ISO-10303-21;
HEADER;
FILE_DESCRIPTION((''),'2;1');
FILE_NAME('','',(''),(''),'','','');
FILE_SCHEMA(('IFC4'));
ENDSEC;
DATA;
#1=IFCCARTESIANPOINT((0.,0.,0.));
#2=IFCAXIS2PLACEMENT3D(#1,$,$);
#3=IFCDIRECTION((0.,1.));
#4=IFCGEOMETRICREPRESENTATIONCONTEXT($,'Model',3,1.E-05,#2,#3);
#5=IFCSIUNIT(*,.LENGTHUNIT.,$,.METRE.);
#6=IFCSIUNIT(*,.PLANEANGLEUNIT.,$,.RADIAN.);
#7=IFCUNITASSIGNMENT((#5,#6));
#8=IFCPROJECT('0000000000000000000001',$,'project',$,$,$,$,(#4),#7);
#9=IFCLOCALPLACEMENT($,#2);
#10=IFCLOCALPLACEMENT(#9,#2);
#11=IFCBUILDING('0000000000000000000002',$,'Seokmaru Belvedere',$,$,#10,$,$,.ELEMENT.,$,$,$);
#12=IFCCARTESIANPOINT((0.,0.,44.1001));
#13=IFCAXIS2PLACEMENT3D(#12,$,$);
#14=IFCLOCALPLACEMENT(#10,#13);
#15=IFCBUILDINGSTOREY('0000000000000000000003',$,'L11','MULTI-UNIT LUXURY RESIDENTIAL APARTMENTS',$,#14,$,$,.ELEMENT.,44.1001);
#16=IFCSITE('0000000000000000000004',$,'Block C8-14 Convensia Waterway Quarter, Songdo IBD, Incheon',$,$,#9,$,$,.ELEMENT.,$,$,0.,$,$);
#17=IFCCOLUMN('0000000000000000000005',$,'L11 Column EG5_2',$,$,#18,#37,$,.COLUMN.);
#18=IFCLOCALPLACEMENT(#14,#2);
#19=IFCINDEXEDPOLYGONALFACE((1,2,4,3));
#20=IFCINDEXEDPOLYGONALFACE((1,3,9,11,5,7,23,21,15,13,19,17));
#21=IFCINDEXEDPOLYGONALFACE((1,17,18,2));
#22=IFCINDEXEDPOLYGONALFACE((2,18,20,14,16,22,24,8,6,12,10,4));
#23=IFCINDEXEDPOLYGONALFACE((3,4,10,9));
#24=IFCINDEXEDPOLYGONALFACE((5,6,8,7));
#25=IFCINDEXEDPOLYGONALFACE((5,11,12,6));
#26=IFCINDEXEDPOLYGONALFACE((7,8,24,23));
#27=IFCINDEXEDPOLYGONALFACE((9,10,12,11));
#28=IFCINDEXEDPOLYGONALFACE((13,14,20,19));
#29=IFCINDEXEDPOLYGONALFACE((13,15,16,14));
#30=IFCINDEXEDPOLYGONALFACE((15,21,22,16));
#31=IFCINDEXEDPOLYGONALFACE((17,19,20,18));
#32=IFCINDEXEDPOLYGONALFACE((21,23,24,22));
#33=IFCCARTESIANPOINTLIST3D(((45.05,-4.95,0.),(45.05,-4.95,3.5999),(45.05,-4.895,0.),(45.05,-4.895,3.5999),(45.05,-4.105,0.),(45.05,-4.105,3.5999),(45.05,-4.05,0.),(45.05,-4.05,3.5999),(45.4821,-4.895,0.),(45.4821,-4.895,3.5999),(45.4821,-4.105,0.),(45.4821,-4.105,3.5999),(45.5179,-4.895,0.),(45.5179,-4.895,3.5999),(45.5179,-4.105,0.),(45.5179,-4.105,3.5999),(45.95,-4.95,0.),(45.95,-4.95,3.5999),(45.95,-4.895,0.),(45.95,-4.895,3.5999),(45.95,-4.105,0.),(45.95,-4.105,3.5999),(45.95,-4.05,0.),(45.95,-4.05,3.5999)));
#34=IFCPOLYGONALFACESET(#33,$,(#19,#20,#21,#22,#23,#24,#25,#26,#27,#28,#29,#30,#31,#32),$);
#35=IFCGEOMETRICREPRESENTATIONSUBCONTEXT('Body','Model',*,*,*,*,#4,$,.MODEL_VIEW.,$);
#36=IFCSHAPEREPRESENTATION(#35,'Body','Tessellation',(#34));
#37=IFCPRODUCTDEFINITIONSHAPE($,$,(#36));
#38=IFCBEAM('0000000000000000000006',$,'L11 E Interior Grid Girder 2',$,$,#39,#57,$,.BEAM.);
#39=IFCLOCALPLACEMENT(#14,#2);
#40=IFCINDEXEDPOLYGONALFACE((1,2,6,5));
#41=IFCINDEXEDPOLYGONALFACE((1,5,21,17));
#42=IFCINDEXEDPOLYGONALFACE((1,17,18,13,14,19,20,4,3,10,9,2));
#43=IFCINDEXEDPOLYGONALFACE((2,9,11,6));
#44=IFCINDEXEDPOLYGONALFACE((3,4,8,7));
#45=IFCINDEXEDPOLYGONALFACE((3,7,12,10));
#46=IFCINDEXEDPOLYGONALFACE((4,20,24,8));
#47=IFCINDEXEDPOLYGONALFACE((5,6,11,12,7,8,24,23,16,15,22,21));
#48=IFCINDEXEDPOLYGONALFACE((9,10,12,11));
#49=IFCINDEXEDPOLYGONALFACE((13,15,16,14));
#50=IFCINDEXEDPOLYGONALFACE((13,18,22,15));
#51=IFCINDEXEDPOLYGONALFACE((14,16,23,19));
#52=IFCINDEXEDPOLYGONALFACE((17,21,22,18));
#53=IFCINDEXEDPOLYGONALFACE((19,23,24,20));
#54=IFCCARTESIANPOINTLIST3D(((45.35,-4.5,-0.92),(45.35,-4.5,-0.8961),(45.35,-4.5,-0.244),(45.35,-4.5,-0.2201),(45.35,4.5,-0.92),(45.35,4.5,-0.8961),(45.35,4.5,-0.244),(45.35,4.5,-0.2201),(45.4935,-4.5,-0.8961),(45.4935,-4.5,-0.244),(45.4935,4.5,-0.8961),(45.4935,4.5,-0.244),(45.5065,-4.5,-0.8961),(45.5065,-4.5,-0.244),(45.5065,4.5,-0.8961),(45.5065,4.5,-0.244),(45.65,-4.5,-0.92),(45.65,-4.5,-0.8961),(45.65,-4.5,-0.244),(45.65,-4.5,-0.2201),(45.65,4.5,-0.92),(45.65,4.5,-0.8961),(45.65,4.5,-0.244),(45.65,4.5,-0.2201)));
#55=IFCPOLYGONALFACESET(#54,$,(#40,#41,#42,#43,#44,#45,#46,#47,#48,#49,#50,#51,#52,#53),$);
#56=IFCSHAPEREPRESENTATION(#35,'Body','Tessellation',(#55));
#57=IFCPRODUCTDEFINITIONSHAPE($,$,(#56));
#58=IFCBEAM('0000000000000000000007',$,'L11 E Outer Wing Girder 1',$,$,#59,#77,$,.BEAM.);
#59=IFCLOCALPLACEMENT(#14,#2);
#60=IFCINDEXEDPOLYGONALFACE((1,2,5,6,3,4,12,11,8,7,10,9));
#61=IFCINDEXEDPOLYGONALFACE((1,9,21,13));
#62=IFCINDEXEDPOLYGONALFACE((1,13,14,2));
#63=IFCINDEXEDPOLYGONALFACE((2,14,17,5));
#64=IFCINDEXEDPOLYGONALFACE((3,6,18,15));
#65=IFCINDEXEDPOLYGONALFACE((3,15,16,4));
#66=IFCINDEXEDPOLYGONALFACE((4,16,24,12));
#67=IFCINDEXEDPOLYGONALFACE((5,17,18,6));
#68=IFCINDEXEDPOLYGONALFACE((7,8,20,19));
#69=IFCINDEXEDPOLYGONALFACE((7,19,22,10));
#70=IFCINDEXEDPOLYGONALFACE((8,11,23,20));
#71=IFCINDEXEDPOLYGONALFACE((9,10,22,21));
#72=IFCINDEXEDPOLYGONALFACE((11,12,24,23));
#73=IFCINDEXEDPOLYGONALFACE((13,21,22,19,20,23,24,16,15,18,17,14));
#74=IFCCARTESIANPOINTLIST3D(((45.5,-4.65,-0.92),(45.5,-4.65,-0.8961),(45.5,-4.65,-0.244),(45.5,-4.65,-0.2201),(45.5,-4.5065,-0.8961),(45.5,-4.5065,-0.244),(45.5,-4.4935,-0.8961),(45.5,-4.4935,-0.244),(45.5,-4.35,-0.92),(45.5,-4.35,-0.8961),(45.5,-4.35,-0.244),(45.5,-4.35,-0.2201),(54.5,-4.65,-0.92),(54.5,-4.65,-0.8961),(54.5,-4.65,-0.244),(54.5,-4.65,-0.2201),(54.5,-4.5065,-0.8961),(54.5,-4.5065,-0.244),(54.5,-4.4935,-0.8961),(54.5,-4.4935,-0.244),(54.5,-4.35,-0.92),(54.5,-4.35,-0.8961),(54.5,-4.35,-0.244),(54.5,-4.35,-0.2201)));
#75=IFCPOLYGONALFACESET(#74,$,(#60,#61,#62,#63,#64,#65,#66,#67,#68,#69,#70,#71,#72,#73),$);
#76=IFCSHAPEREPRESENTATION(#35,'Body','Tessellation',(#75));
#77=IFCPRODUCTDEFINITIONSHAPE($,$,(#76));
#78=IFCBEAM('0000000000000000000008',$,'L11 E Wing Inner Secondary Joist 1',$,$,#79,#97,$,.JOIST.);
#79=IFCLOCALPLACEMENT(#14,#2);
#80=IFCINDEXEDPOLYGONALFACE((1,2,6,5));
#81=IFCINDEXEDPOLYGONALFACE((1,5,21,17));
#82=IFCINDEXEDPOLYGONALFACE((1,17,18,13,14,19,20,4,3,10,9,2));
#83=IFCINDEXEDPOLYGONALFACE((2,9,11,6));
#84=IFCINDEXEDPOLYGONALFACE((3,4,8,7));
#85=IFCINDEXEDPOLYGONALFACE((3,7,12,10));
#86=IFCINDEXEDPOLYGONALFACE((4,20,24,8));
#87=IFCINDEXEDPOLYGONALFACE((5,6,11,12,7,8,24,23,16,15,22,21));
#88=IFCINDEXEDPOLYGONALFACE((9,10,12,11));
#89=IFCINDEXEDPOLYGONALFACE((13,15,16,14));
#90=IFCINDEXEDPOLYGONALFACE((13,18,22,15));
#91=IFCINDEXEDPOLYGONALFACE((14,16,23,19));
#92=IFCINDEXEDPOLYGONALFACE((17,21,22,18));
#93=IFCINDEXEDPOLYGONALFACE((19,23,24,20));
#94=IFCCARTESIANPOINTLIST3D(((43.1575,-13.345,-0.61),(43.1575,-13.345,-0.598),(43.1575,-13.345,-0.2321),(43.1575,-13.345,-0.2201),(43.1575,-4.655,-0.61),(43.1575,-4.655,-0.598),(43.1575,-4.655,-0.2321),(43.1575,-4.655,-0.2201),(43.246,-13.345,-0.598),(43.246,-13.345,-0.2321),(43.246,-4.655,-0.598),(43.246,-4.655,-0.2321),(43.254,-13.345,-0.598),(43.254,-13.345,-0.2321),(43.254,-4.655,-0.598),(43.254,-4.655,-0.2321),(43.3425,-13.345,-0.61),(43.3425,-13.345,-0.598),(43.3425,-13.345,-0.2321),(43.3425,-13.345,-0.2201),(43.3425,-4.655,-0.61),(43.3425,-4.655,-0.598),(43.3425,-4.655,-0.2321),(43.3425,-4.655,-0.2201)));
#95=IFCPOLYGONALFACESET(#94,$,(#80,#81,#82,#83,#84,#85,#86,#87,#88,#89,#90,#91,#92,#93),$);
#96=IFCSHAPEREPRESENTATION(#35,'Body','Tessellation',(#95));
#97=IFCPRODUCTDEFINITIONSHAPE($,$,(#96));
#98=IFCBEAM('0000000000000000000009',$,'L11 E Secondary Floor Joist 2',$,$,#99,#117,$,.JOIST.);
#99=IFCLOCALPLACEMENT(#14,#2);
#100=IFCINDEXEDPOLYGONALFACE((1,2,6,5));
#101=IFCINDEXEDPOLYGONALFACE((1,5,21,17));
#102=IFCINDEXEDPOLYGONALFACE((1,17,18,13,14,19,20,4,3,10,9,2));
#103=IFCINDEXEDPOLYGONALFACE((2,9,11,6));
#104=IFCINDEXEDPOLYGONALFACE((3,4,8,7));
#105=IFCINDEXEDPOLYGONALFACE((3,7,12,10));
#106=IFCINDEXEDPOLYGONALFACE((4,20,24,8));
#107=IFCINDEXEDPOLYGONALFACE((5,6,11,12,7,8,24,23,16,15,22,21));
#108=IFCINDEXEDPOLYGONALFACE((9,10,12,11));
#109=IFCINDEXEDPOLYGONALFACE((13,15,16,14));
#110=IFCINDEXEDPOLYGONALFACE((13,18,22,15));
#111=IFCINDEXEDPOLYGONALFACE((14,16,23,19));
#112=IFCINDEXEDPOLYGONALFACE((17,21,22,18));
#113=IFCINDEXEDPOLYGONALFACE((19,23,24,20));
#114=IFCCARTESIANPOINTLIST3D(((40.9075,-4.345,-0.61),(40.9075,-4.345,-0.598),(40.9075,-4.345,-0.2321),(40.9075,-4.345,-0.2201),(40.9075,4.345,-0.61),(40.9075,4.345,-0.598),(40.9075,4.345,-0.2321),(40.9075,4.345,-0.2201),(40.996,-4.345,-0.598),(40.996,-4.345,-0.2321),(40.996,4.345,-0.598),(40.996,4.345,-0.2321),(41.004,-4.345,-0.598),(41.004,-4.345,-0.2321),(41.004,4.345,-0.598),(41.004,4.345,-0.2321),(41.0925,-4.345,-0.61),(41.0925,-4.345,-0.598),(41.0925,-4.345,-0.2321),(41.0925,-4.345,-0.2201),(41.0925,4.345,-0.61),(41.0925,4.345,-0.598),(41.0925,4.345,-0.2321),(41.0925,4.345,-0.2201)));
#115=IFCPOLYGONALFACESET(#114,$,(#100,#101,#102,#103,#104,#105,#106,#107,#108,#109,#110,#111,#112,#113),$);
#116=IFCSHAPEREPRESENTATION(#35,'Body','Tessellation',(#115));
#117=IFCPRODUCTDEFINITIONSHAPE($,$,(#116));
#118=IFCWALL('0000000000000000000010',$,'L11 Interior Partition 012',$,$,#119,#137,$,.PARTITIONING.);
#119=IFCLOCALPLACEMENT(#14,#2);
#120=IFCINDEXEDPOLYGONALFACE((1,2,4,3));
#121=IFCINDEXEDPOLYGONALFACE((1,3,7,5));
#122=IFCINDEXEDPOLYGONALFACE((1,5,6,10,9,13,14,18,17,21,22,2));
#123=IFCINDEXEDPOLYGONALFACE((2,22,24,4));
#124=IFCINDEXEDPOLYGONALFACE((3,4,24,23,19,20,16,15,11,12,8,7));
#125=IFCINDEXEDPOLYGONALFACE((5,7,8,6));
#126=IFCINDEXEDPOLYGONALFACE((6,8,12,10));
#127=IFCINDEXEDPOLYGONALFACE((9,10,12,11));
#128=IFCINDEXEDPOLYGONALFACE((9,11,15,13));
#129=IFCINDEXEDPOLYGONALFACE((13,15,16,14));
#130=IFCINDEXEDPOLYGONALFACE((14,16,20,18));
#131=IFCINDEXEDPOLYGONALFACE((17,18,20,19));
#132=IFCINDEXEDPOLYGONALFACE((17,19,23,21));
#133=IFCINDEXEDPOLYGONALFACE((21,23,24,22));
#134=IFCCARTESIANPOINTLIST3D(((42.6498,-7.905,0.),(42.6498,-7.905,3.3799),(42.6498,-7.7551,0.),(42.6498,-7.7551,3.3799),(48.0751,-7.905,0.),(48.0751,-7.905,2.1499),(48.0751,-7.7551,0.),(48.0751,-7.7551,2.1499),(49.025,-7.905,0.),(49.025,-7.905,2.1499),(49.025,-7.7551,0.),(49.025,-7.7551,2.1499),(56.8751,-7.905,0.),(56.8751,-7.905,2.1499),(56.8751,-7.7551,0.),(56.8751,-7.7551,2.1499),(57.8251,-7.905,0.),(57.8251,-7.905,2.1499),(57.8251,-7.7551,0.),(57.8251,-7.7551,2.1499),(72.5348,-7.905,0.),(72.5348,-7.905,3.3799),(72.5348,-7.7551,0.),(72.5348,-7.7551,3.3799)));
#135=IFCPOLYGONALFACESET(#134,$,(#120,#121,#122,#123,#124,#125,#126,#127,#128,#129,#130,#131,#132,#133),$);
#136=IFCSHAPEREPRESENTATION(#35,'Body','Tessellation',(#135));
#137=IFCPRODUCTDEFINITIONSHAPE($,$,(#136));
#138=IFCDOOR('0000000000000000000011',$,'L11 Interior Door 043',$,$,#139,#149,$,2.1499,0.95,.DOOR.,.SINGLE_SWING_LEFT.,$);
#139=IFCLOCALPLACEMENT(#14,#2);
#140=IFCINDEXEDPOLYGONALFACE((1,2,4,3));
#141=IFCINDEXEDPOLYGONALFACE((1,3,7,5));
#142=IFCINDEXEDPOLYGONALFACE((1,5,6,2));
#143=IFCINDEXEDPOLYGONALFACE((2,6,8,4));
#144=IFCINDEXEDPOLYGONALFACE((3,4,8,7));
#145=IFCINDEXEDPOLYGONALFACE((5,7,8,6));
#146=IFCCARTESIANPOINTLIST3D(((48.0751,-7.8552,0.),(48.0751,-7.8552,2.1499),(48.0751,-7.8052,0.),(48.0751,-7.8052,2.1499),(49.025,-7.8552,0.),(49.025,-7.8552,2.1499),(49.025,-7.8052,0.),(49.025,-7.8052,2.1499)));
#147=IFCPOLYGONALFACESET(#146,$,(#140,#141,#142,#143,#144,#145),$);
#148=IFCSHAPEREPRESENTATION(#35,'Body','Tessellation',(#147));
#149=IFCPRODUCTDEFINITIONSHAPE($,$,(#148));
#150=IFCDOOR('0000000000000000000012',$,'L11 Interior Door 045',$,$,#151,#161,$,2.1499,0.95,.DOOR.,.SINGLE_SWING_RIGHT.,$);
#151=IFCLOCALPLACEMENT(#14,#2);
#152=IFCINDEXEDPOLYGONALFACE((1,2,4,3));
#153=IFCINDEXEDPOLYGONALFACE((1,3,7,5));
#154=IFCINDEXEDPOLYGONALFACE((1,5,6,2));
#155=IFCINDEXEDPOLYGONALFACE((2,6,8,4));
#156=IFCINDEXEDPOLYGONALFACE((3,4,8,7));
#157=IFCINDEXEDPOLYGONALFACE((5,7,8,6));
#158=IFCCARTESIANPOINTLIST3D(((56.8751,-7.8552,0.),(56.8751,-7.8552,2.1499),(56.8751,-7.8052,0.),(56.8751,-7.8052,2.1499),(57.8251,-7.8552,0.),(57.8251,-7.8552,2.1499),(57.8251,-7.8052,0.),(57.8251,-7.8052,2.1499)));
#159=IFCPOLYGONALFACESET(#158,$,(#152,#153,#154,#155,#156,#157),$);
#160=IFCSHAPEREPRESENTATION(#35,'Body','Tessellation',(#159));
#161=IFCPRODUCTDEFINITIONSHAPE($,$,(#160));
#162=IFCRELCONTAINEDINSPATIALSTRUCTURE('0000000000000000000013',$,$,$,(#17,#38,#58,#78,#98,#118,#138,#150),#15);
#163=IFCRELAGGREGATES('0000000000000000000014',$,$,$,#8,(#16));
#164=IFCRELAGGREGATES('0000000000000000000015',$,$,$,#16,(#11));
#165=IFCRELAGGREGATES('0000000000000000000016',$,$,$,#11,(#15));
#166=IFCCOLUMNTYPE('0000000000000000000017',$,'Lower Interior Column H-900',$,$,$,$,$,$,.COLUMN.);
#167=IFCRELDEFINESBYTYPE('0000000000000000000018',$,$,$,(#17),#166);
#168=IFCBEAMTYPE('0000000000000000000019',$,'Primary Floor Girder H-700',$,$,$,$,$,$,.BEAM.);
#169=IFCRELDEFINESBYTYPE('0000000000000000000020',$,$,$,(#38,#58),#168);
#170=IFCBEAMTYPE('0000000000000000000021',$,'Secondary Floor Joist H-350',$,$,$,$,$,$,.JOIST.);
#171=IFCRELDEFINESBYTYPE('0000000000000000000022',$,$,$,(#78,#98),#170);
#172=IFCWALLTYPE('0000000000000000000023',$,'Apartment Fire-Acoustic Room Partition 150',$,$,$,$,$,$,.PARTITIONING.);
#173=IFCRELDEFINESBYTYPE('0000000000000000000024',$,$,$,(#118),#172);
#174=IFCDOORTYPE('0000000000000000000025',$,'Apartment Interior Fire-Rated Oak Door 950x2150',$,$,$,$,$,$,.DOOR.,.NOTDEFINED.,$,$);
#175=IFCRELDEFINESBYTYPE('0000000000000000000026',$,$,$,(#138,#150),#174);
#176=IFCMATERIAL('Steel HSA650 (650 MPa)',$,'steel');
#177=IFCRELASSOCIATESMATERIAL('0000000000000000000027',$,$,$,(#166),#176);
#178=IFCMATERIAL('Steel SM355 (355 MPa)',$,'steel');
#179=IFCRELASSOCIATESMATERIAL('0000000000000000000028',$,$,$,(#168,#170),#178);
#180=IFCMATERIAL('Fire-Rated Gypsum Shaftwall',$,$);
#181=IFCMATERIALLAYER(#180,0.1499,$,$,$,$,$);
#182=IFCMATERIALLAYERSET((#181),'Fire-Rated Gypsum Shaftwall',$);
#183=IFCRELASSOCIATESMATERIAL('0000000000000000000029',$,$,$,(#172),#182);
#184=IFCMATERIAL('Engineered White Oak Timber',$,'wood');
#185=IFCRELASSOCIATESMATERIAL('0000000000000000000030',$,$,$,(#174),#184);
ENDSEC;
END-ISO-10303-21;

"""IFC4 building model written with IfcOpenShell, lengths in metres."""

from ifc_helpers import new_model, si_unit, direction, frame, frame_2d, origin, origin_2d, place, context, subcontext, project, spatial, rectangle, i_section, extrude, source, transform, mapped, material, layer, layer_set, material_profile, profile_set, type_object, type_shapes, element, fill, save


model = new_model("IFC4")

# Units and contexts
model_context = context("Model", 3, precision=1e-05, world=origin(), true_north=direction((0.0, 1.0)))
body_context = subcontext(model_context, "Body", "Model", "MODEL_VIEW")
ifc_project = project(units=[si_unit("LENGTHUNIT", "METRE"), si_unit("PLANEANGLEUNIT", "RADIAN")], contexts=[model_context])

# Site, building, storey
site_placement = place(None, origin())
site = spatial("IfcSite", under=ifc_project, at=site_placement, Name="Block C8-14 Convensia Waterway Quarter, Songdo IBD, Incheon", CompositionType="ELEMENT", RefElevation=0.0)
building_placement = place(site_placement, origin())
building = spatial("IfcBuilding", under=site, at=building_placement, Name="Seokmaru Belvedere", CompositionType="ELEMENT")
storey_placement = place(building_placement, frame((0.0, 0.0, 44.1001)))
storey = spatial("IfcBuildingStorey", under=building, at=storey_placement, Name="L11", Description="MULTI-UNIT LUXURY RESIDENTIAL APARTMENTS", CompositionType="ELEMENT", Elevation=44.1001)

# Column
ifc_material_1 = material(Name="Steel HSA650 (650 MPa)", Category="steel")
ifc_material_profile_1 = material_profile(ifc_material_1, i_section(OverallWidth=0.8999, OverallDepth=0.8999, WebThickness=0.0359, FlangeThickness=0.0549, at=origin_2d()), Name="H-900x900x36x55")
ifc_profile_set_1 = profile_set([ifc_material_profile_1], Name="Steel HSA650 (650 MPa)")
column_type = type_object("IfcColumnType", Name="Lower Interior Column H-900", PredefinedType="COLUMN", material=ifc_profile_set_1)
shared_shape_1 = source(origin(), body_context, "Body", "SweptSolid", [
    extrude(i_section(OverallWidth=0.8999, OverallDepth=0.8999, WebThickness=0.0359, FlangeThickness=0.0549, at=origin_2d()), origin(), (0.0, 0.0, 1.0), 3.5999),
])
type_shapes(column_type, [shared_shape_1])
column_placement = place(storey_placement, frame((45.5, -4.5, 0.0), z_axis=(0.0, 0.0, 1.0), x_axis=(1.0, 0.0, 0.0)))
element("IfcColumn", 1, at=column_placement, inside=storey, type_object=column_type, Name="L11 Column EG5_2", PredefinedType="COLUMN", context=body_context, shape_type="MappedRepresentation", body=[
    mapped(shared_shape_1, transform((0.0, 0.0, 0.0), scale=1.0)),
])

# Beams
ifc_material_2 = material(Name="Steel SM355 (355 MPa)", Category="steel")
ifc_material_profile_2 = material_profile(ifc_material_2, i_section(OverallWidth=0.3, OverallDepth=0.7, WebThickness=0.0129, FlangeThickness=0.0239, at=origin_2d()), Name="H-700x300x13x24")
ifc_profile_set_2 = profile_set([ifc_material_profile_2], Name="Steel SM355 (355 MPa)")
beam_type_1 = type_object("IfcBeamType", Name="Primary Floor Girder H-700", PredefinedType="BEAM", material=ifc_profile_set_2)
shared_shape_2 = source(origin(), body_context, "Body", "SweptSolid", [
    extrude(i_section(OverallWidth=0.3, OverallDepth=0.7, WebThickness=0.0129, FlangeThickness=0.0239, at=origin_2d()), origin(), (0.0, 0.0, 1.0), 9.0),
])
type_shapes(beam_type_1, [shared_shape_2])
for number, where, z_axis, x_axis, name in (
    (2, (45.5, -4.5, -0.5701), (0.0, 1.0, 0.0), (-1.0, 0.0, 0.0), "L11 E Interior Grid Girder 2"),
    (3, (45.5, -4.5, -0.5701), (1.0, 0.0, 0.0), (0.0, 1.0, 0.0), "L11 E Outer Wing Girder 1"),
):
    element("IfcBeam", number, at=place(storey_placement, frame(where, z_axis=z_axis, x_axis=x_axis)), inside=storey, type_object=beam_type_1, Name=name, PredefinedType="BEAM", context=body_context, shape_type="MappedRepresentation", body=[
        mapped(shared_shape_2, transform((0.0, 0.0, 0.0), scale=1.0)),
    ])
ifc_material_profile_3 = material_profile(ifc_material_2, i_section(OverallWidth=0.1851, OverallDepth=0.3899, WebThickness=0.0081, FlangeThickness=0.012, at=origin_2d()), Name="H-390x185x8x12")
ifc_profile_set_3 = profile_set([ifc_material_profile_3], Name="Steel SM355 (355 MPa)")
beam_type_2 = type_object("IfcBeamType", Name="Secondary Floor Joist H-350", PredefinedType="JOIST", material=ifc_profile_set_3)
shared_shape_3 = source(origin(), body_context, "Body", "SweptSolid", [
    extrude(i_section(OverallWidth=0.1851, OverallDepth=0.3899, WebThickness=0.0081, FlangeThickness=0.012, at=origin_2d()), origin(), (0.0, 0.0, 1.0), 8.6899),
])
type_shapes(beam_type_2, [shared_shape_3])
for number, where, z_axis, x_axis, name in (
    (4, (43.25, -13.345, -0.415), (0.0, 1.0, 0.0), (-1.0, 0.0, 0.0), "L11 E Wing Inner Secondary Joist 1"),
    (5, (41.0, -4.345, -0.415), (0.0, 1.0, 0.0), (-1.0, 0.0, 0.0), "L11 E Secondary Floor Joist 2"),
):
    element("IfcBeam", number, at=place(storey_placement, frame(where, z_axis=z_axis, x_axis=x_axis)), inside=storey, type_object=beam_type_2, Name=name, PredefinedType="JOIST", context=body_context, shape_type="MappedRepresentation", body=[
        mapped(shared_shape_3, transform((0.0, 0.0, 0.0), scale=1.0)),
    ])

# Wall, openings, doors
ifc_material_3 = material(Name="Fire-Rated Gypsum Shaftwall")
ifc_layer_1 = layer(ifc_material_3, 0.1499)
ifc_layer_set_1 = layer_set([ifc_layer_1], Name="Fire-Rated Gypsum Shaftwall")
wall_type_1 = type_object("IfcWallType", Name="Apartment Fire-Acoustic Room Partition 150", PredefinedType="PARTITIONING", material=ifc_layer_set_1)
wall_1_placement = place(storey_placement, frame((42.6499, -7.8301, 0.0), z_axis=(0.0, 0.0, 1.0), x_axis=(1.0, 0.0, 0.0)))
wall_1 = element("IfcWall", 6, at=wall_1_placement, inside=storey, type_object=wall_type_1, Name="L11 Interior Partition 012", PredefinedType="PARTITIONING", context=body_context, shape_type="SweptSolid", body=[
    extrude(rectangle(XDim=29.885, YDim=0.1499, at=frame_2d((14.9424, 0.0))), origin(), (0.0, 0.0, 1.0), 3.3799),
])
opening_1_placement = place(wall_1_placement, frame((5.425, 0.0, 0.0)))
opening_1 = element("IfcOpeningElement", 7, at=opening_1_placement, cuts=wall_1, PredefinedType="OPENING", context=body_context, shape_type="SweptSolid", body=[
    extrude(rectangle(XDim=0.95, YDim=2.1499, at=frame_2d((0.4751, 1.075))), frame((0.0, 0.085, 0.0), z_axis=(0.0, -1.0, 0.0), x_axis=(1.0, 0.0, 0.0)), (0.0, 0.0, 1.0), 0.1699),
])
opening_2_placement = place(wall_1_placement, frame((14.2251, 0.0, 0.0)))
opening_2 = element("IfcOpeningElement", 8, at=opening_2_placement, cuts=wall_1, PredefinedType="OPENING", context=body_context, shape_type="SweptSolid", body=[
    extrude(rectangle(XDim=0.95, YDim=2.1499, at=frame_2d((0.4751, 1.075))), frame((0.0, 0.085, 0.0), z_axis=(0.0, -1.0, 0.0), x_axis=(1.0, 0.0, 0.0)), (0.0, 0.0, 1.0), 0.1699),
])
ifc_material_4 = material(Name="Engineered White Oak Timber", Category="wood")
door_type_1 = type_object("IfcDoorType", Name="Apartment Interior Fire-Rated Oak Door 950x2150", OperationType="NOTDEFINED", PredefinedType="DOOR", material=ifc_material_4)
shared_shape_4 = source(origin(), body_context, "Body", "SweptSolid", [
    extrude(rectangle(XDim=0.95, YDim=2.1499, at=frame_2d((0.4751, 1.075))), frame((0.0, 0.0249, 0.0), z_axis=(0.0, -1.0, 0.0), x_axis=(1.0, 0.0, 0.0)), (0.0, 0.0, 1.0), 0.05),
])
type_shapes(door_type_1, [shared_shape_4])
door_1_placement = place(opening_1_placement, origin())
door_1 = element("IfcDoor", 9, at=door_1_placement, inside=storey, type_object=door_type_1, Name="L11 Interior Door 043", OperationType="SINGLE_SWING_LEFT", OverallHeight=2.1499, OverallWidth=0.95, PredefinedType="DOOR", context=body_context, shape_type="MappedRepresentation", body=[
    mapped(shared_shape_4, transform((0.0, 0.0, 0.0), scale=1.0)),
])
fill(opening_1, door_1)
door_2_placement = place(opening_2_placement, origin())
door_2 = element("IfcDoor", 10, at=door_2_placement, inside=storey, type_object=door_type_1, Name="L11 Interior Door 045", OperationType="SINGLE_SWING_RIGHT", OverallHeight=2.1499, OverallWidth=0.95, PredefinedType="DOOR", context=body_context, shape_type="MappedRepresentation", body=[
    mapped(shared_shape_4, transform((0.0, 0.0, 0.0), scale=1.0)),
])
fill(opening_2, door_2)

save(model, "model.ifc")
